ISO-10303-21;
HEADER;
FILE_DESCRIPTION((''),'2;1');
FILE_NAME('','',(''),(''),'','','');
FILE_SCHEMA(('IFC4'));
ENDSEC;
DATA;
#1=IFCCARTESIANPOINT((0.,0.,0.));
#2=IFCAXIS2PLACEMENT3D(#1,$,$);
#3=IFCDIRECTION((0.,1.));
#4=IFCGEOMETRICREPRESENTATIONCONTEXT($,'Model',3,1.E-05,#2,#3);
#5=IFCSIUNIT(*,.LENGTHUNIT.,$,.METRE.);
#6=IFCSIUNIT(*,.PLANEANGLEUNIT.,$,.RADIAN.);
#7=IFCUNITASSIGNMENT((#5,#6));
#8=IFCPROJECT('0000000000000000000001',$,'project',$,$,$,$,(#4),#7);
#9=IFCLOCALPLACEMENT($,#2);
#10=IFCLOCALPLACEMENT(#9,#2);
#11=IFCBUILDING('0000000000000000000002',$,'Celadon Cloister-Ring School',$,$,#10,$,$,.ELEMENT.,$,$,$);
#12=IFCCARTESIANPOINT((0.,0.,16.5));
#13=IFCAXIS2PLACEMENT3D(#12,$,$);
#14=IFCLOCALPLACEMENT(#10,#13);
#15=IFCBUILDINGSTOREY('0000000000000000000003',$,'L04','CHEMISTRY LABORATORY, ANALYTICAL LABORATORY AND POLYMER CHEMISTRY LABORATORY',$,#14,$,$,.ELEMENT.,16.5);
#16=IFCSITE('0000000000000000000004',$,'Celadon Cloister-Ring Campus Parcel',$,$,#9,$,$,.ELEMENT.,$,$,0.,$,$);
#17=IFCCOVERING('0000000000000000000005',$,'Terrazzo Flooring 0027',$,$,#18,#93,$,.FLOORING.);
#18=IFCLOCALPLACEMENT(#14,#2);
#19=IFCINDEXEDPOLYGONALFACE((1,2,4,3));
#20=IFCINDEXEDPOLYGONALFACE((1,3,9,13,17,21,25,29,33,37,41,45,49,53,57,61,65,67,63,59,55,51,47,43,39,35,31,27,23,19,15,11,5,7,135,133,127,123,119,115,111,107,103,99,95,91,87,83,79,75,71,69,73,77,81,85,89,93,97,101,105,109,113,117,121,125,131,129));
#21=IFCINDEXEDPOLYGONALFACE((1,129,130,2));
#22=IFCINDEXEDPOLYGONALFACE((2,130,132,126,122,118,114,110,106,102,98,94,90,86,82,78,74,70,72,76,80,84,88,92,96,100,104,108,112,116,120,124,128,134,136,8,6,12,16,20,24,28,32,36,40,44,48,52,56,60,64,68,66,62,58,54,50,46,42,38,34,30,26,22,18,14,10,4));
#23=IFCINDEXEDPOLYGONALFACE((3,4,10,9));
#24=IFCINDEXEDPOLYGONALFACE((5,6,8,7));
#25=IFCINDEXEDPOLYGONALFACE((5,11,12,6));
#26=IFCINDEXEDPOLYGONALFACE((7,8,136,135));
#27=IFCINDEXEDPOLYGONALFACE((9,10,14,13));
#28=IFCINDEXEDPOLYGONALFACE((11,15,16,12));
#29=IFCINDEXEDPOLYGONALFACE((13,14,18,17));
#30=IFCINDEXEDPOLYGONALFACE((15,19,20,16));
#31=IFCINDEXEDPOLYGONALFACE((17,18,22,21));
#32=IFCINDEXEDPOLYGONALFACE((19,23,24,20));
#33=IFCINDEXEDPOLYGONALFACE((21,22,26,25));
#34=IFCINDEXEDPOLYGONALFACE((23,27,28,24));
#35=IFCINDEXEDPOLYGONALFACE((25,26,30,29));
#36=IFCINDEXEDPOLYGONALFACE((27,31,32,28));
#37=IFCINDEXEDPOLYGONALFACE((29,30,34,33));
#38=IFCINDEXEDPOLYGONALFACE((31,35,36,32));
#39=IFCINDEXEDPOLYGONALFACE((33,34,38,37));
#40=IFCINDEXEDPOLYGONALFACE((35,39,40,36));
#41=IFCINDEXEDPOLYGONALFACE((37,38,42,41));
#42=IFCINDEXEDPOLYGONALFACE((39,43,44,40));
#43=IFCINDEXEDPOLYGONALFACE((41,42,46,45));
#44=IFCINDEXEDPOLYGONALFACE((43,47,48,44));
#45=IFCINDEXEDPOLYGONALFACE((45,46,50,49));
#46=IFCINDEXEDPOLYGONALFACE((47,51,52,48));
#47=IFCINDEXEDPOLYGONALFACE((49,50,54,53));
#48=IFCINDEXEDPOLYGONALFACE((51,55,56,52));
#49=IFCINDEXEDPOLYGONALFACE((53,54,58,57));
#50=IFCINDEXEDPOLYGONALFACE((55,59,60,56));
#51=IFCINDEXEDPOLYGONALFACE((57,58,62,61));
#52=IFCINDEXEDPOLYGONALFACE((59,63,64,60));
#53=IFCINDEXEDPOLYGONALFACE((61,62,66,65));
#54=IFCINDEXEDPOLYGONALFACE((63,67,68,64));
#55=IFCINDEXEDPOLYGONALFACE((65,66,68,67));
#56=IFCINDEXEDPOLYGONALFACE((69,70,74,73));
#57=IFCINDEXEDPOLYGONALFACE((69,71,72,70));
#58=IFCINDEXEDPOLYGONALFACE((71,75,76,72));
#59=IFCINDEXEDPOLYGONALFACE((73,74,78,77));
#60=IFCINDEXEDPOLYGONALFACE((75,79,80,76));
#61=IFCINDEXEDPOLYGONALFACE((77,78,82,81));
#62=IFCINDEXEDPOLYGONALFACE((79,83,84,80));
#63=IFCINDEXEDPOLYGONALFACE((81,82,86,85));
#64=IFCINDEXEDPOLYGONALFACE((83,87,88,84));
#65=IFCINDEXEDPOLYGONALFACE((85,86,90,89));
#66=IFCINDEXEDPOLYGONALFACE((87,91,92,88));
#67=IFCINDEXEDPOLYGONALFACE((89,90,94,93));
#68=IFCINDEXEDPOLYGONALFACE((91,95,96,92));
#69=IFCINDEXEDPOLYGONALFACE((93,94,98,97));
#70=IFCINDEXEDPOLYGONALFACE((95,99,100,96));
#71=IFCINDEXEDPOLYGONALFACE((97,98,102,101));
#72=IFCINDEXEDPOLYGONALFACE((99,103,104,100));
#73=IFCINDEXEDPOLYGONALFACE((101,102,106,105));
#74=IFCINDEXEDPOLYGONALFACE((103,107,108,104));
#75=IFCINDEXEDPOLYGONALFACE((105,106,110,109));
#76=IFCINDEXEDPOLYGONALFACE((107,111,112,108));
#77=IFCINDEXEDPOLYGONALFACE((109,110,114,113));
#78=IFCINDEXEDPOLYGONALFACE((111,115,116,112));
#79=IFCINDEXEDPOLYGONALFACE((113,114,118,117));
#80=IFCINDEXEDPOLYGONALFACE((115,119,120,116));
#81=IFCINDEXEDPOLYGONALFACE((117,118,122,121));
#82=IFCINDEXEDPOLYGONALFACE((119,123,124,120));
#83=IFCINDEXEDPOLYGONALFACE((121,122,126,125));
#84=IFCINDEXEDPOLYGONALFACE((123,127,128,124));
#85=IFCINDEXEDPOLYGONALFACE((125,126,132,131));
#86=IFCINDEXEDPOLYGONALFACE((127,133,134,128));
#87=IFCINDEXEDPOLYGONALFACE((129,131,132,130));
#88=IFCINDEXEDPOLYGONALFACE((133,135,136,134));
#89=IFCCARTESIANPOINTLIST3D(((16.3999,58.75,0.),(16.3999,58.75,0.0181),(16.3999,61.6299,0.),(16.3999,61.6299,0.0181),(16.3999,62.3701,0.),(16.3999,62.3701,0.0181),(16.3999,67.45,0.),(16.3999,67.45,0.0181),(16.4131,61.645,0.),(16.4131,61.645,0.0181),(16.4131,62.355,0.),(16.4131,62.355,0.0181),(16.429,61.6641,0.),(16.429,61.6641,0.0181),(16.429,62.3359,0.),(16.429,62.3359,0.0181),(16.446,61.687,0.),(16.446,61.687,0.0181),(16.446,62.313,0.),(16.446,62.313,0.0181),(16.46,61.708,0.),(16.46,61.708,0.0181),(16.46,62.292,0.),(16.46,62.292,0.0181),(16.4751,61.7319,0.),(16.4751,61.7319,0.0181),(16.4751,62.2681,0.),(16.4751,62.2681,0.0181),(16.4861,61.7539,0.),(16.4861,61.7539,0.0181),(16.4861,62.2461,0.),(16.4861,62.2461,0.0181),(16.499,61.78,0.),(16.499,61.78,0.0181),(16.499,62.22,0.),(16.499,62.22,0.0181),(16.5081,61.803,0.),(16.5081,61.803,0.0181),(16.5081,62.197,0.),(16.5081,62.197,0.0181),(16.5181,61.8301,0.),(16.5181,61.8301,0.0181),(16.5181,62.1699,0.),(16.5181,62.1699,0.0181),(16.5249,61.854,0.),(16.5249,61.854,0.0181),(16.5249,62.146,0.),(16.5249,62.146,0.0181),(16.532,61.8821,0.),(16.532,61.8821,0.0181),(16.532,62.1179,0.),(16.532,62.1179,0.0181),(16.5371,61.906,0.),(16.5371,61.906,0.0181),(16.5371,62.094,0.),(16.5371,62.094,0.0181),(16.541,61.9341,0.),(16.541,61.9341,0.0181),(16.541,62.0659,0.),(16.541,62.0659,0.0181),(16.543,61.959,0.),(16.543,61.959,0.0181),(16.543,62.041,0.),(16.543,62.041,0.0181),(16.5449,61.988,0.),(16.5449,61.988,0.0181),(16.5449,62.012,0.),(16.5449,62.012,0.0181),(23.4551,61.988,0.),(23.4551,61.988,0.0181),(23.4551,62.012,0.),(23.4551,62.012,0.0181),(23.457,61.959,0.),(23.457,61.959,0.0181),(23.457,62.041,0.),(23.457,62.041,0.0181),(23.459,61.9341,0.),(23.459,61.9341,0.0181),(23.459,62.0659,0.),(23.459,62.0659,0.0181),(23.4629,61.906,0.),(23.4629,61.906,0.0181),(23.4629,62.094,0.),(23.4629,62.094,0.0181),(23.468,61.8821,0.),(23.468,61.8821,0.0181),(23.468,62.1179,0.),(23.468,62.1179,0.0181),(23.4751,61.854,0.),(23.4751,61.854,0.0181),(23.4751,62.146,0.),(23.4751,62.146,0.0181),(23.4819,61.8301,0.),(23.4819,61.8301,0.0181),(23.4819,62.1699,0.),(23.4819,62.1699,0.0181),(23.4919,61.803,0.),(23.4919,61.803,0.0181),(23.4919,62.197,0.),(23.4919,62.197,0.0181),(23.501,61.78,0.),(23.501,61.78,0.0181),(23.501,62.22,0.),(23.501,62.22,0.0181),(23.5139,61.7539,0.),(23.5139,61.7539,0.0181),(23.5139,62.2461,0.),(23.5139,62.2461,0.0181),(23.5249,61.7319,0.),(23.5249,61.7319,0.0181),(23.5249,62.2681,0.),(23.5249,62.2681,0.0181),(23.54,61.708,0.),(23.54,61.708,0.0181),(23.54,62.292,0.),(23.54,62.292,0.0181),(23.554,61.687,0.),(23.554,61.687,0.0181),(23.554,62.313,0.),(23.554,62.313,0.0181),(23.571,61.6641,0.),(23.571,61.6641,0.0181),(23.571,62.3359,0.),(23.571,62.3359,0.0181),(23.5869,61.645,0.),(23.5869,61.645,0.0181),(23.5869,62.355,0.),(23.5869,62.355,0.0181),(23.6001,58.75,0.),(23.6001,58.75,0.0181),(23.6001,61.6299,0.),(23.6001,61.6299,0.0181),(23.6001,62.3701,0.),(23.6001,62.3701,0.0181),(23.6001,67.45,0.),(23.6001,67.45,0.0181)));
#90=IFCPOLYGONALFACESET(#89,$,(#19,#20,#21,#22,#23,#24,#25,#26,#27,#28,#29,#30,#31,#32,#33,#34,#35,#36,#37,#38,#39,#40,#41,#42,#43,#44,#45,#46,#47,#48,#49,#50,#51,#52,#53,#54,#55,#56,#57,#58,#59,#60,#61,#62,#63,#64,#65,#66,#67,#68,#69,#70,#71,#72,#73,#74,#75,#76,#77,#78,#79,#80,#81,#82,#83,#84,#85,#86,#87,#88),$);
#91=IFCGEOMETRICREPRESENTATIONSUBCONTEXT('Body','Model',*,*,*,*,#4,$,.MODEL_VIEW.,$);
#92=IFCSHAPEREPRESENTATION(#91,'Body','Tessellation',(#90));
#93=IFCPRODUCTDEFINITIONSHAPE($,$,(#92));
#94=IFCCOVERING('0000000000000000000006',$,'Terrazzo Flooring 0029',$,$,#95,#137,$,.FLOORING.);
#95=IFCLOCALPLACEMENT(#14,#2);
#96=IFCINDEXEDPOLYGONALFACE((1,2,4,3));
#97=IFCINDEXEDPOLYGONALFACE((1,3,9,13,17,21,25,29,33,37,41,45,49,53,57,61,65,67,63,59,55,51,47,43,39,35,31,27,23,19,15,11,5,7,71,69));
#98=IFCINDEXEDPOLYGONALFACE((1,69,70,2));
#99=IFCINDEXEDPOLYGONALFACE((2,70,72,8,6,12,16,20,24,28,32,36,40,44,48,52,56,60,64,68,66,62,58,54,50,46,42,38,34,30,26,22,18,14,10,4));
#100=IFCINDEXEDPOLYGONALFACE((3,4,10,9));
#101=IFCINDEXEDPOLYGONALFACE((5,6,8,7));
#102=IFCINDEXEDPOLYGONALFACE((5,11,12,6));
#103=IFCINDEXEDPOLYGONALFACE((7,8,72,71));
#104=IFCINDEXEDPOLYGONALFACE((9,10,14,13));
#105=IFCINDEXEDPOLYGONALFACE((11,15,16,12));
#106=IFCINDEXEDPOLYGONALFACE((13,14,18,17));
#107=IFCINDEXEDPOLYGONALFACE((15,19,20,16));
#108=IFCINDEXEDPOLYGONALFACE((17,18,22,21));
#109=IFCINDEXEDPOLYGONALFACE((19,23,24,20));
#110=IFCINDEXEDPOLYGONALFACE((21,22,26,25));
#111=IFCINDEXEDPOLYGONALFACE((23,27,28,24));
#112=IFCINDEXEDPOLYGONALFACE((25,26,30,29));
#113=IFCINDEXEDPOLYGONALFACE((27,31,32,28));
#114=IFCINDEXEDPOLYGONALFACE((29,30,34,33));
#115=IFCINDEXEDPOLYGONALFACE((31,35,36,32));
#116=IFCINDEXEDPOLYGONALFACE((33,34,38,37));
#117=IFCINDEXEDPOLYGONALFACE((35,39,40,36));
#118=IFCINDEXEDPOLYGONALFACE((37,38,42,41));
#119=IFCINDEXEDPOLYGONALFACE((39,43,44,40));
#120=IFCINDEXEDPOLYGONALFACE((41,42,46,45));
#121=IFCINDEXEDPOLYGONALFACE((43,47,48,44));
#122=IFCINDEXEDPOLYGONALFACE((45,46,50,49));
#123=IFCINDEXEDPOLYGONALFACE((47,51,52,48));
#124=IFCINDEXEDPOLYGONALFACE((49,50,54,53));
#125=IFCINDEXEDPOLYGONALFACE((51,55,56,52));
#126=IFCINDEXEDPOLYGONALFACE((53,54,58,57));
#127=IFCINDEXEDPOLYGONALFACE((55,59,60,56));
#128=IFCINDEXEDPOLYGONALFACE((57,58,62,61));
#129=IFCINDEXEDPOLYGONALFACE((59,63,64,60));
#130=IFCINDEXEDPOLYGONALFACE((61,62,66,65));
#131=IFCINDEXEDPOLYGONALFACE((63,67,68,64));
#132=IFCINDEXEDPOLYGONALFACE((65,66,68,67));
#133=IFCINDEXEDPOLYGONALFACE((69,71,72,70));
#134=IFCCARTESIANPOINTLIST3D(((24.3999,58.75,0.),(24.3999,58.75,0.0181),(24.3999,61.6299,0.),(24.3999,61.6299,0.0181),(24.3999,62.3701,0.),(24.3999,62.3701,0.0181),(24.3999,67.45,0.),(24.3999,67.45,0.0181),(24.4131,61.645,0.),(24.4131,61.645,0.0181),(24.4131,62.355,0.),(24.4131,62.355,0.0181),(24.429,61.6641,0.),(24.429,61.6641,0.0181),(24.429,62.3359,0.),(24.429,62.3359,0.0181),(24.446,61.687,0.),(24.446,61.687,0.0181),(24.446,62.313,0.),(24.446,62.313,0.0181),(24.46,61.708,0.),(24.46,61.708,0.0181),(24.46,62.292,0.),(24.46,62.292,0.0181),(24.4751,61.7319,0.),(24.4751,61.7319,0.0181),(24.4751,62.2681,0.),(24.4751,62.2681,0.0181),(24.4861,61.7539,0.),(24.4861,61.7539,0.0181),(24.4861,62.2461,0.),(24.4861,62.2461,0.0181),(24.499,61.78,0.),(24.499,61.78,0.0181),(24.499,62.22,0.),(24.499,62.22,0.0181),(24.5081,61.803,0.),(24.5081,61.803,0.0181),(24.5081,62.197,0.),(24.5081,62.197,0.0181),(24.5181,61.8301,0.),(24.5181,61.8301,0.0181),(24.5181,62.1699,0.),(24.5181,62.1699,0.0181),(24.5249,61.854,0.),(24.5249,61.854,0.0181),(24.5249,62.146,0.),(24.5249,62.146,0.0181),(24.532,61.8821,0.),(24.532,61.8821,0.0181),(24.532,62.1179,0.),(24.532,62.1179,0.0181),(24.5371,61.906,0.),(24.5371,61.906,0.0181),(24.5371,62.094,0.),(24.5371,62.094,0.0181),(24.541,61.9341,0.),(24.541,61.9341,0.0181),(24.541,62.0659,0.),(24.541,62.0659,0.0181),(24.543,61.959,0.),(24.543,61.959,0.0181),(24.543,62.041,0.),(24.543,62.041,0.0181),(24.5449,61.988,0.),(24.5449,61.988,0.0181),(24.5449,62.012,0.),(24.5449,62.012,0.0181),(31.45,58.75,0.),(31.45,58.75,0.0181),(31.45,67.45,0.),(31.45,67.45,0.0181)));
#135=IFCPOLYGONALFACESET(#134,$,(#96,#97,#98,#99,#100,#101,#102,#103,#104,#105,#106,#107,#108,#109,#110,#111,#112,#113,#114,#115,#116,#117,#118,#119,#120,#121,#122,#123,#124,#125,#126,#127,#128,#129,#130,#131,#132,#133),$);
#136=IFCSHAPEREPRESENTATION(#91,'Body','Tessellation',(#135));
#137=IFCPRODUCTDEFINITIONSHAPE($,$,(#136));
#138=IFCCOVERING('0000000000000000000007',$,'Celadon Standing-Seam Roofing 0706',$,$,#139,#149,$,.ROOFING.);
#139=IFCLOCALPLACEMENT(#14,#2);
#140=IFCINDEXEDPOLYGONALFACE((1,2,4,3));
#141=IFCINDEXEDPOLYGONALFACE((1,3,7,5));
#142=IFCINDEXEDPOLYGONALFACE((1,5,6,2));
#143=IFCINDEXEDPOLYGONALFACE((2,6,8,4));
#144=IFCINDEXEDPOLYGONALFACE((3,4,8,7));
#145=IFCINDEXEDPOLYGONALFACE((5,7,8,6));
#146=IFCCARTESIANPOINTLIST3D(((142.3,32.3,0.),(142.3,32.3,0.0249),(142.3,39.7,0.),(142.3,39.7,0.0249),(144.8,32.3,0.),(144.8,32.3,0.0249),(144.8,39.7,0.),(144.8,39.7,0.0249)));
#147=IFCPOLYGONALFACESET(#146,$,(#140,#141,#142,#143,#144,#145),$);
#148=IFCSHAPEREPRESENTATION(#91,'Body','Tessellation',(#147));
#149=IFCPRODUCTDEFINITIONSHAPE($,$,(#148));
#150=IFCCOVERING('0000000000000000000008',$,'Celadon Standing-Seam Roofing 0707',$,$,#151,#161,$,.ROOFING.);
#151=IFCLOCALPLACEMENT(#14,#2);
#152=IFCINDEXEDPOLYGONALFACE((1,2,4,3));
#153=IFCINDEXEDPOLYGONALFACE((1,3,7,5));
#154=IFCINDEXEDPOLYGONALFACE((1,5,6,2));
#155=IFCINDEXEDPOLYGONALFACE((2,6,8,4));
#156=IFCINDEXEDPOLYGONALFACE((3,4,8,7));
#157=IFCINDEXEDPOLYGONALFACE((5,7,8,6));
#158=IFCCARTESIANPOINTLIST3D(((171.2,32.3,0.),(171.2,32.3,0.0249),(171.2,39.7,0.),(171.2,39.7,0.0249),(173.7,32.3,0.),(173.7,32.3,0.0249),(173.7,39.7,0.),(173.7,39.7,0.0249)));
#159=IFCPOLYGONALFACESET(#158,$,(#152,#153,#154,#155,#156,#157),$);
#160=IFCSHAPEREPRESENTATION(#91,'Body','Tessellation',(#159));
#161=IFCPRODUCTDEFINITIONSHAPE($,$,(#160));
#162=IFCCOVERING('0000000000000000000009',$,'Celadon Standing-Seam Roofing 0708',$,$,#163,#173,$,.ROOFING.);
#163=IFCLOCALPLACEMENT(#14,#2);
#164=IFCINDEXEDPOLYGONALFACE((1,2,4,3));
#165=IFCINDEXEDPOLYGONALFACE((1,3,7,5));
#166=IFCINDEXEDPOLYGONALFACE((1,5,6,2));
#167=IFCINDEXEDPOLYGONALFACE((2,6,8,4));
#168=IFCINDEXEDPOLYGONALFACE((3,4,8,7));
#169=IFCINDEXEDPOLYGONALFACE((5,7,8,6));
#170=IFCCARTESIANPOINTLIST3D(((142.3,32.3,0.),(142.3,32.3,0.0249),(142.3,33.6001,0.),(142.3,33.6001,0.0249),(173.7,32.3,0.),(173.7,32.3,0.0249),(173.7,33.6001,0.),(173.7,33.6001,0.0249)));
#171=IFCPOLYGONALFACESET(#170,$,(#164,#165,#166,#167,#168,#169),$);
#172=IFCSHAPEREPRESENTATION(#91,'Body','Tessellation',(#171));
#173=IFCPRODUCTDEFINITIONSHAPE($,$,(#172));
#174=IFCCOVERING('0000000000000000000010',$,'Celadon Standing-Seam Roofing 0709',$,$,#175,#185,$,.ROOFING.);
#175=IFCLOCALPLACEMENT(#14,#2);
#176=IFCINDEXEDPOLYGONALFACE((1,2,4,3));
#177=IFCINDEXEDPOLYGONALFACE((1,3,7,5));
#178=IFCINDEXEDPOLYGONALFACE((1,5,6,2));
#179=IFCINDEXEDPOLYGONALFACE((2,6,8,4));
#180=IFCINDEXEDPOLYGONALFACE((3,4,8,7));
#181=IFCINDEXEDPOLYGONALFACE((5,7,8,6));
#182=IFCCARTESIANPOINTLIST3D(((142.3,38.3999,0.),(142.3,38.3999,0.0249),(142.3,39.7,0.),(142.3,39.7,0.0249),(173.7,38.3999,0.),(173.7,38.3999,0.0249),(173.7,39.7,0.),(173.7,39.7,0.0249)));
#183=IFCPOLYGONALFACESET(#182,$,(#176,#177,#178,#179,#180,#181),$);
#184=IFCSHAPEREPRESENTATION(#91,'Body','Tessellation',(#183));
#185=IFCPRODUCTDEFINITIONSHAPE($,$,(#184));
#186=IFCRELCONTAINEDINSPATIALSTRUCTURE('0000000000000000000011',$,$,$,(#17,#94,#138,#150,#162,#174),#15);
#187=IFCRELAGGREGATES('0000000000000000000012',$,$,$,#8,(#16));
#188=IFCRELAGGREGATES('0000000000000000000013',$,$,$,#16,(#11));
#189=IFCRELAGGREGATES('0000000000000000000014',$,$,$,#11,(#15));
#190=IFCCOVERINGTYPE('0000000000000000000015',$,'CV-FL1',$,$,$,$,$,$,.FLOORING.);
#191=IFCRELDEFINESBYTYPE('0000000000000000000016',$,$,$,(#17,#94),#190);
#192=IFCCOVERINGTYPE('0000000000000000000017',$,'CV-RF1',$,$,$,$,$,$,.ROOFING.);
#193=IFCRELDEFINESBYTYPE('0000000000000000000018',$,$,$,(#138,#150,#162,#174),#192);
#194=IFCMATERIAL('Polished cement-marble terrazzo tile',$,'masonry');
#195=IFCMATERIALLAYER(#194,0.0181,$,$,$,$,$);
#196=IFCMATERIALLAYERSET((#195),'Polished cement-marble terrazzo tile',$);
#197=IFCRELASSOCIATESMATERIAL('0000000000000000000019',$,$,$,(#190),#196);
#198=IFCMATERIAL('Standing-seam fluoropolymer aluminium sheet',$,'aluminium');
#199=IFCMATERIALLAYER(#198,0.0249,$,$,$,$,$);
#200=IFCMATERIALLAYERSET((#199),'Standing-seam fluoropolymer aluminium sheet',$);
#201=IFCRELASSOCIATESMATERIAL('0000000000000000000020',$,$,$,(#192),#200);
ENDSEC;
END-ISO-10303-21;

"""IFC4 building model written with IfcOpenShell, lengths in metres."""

from ifc_helpers import new_model, si_unit, direction, frame, origin, place, context, subcontext, project, spatial, polyline, outline, extrude, material, layer, layer_set, type_object, element, save


model = new_model("IFC4")

# Units and contexts
model_context = context("Model", 3, precision=1e-05, world=origin(), true_north=direction((0.0, 1.0)))
body_context = subcontext(model_context, "Body", "Model", "MODEL_VIEW")
ifc_project = project(units=[si_unit("LENGTHUNIT", "METRE"), si_unit("PLANEANGLEUNIT", "RADIAN")], contexts=[model_context])

# Site, building, storey
site_placement = place(None, origin())
site = spatial("IfcSite", under=ifc_project, at=site_placement, Name="Celadon Cloister-Ring Campus Parcel", CompositionType="ELEMENT", RefElevation=0.0)
building_placement = place(site_placement, origin())
building = spatial("IfcBuilding", under=site, at=building_placement, Name="Celadon Cloister-Ring School", CompositionType="ELEMENT")
storey_placement = place(building_placement, frame((0.0, 0.0, 16.5)))
storey = spatial("IfcBuildingStorey", under=building, at=storey_placement, Name="L04", Description="CHEMISTRY LABORATORY, ANALYTICAL LABORATORY AND POLYMER CHEMISTRY LABORATORY", CompositionType="ELEMENT", Elevation=16.5)

# Coverings
ifc_material_1 = material(Name="Polished cement-marble terrazzo tile", Category="masonry")
ifc_layer_1 = layer(ifc_material_1, 0.0181)
ifc_layer_set_1 = layer_set([ifc_layer_1], Name="Polished cement-marble terrazzo tile")
covering_type_1 = type_object("IfcCoveringType", Name="CV-FL1", PredefinedType="FLOORING", material=ifc_layer_set_1)
covering_1_placement = place(storey_placement, origin())
element("IfcCovering", 1, at=covering_1_placement, inside=storey, type_object=covering_type_1, Name="Terrazzo Flooring 0027", PredefinedType="FLOORING", context=body_context, shape_type="SweptSolid", body=[
    extrude(outline(polyline([(16.3999, 61.6299), (16.4131, 61.645), (16.429, 61.6641), (16.446, 61.687), (16.46, 61.708), (16.4751, 61.7319), (16.4861, 61.7539), (16.499, 61.78), (16.5081, 61.803), (16.5181, 61.8301), (16.5249, 61.854), (16.532, 61.8821), (16.5371, 61.906), (16.541, 61.9341), (16.543, 61.959), (16.5449, 61.988), (16.5449, 62.012), (16.543, 62.041), (16.541, 62.0659), (16.5371, 62.094), (16.532, 62.1179), (16.5249, 62.146), (16.5181, 62.1699), (16.5081, 62.197), (16.499, 62.22), (16.4861, 62.2461), (16.4751, 62.2681), (16.46, 62.292), (16.446, 62.313), (16.429, 62.3359), (16.4131, 62.355), (16.3999, 62.3701), (16.3999, 67.45), (23.6001, 67.45), (23.6001, 62.3701), (23.5869, 62.355), (23.571, 62.3359), (23.554, 62.313), (23.54, 62.292), (23.5249, 62.2681), (23.5139, 62.2461), (23.501, 62.22), (23.4919, 62.197), (23.4819, 62.1699), (23.4751, 62.146), (23.468, 62.1179), (23.4629, 62.094), (23.459, 62.0659), (23.457, 62.041), (23.4551, 62.012), (23.4551, 61.988), (23.457, 61.959), (23.459, 61.9341), (23.4629, 61.906), (23.468, 61.8821), (23.4751, 61.854), (23.4819, 61.8301), (23.4919, 61.803), (23.501, 61.78), (23.5139, 61.7539), (23.5249, 61.7319), (23.54, 61.708), (23.554, 61.687), (23.571, 61.6641), (23.5869, 61.645), (23.6001, 61.6299), (23.6001, 58.75), (16.3999, 58.75), (16.3999, 61.6299)])), origin(), (0.0, 0.0, 1.0), 0.0181),
])
covering_2_placement = place(storey_placement, origin())
element("IfcCovering", 2, at=covering_2_placement, inside=storey, type_object=covering_type_1, Name="Terrazzo Flooring 0029", PredefinedType="FLOORING", context=body_context, shape_type="SweptSolid", body=[
    extrude(outline(polyline([(24.3999, 61.6299), (24.4131, 61.645), (24.429, 61.6641), (24.446, 61.687), (24.46, 61.708), (24.4751, 61.7319), (24.4861, 61.7539), (24.499, 61.78), (24.5081, 61.803), (24.5181, 61.8301), (24.5249, 61.854), (24.532, 61.8821), (24.5371, 61.906), (24.541, 61.9341), (24.543, 61.959), (24.5449, 61.988), (24.5449, 62.012), (24.543, 62.041), (24.541, 62.0659), (24.5371, 62.094), (24.532, 62.1179), (24.5249, 62.146), (24.5181, 62.1699), (24.5081, 62.197), (24.499, 62.22), (24.4861, 62.2461), (24.4751, 62.2681), (24.46, 62.292), (24.446, 62.313), (24.429, 62.3359), (24.4131, 62.355), (24.3999, 62.3701), (24.3999, 67.45), (31.45, 67.45), (31.45, 58.75), (24.3999, 58.75), (24.3999, 61.6299)])), origin(), (0.0, 0.0, 1.0), 0.0181),
])
ifc_material_2 = material(Name="Standing-seam fluoropolymer aluminium sheet", Category="aluminium")
ifc_layer_2 = layer(ifc_material_2, 0.0249)
ifc_layer_set_2 = layer_set([ifc_layer_2], Name="Standing-seam fluoropolymer aluminium sheet")
covering_type_2 = type_object("IfcCoveringType", Name="CV-RF1", PredefinedType="ROOFING", material=ifc_layer_set_2)
covering_3_placement = place(storey_placement, origin())
element("IfcCovering", 3, at=covering_3_placement, inside=storey, type_object=covering_type_2, Name="Celadon Standing-Seam Roofing 0706", PredefinedType="ROOFING", context=body_context, shape_type="SweptSolid", body=[
    extrude(outline(polyline([(142.3, 32.3), (144.8, 32.3), (144.8, 39.7), (142.3, 39.7), (142.3, 32.3)])), origin(), (0.0, 0.0, 1.0), 0.0249),
])
covering_4_placement = place(storey_placement, origin())
element("IfcCovering", 4, at=covering_4_placement, inside=storey, type_object=covering_type_2, Name="Celadon Standing-Seam Roofing 0707", PredefinedType="ROOFING", context=body_context, shape_type="SweptSolid", body=[
    extrude(outline(polyline([(171.2, 32.3), (173.7, 32.3), (173.7, 39.7), (171.2, 39.7), (171.2, 32.3)])), origin(), (0.0, 0.0, 1.0), 0.0249),
])
covering_5_placement = place(storey_placement, origin())
element("IfcCovering", 5, at=covering_5_placement, inside=storey, type_object=covering_type_2, Name="Celadon Standing-Seam Roofing 0708", PredefinedType="ROOFING", context=body_context, shape_type="SweptSolid", body=[
    extrude(outline(polyline([(142.3, 32.3), (173.7, 32.3), (173.7, 33.6001), (142.3, 33.6001), (142.3, 32.3)])), origin(), (0.0, 0.0, 1.0), 0.0249),
])
covering_6_placement = place(storey_placement, origin())
element("IfcCovering", 6, at=covering_6_placement, inside=storey, type_object=covering_type_2, Name="Celadon Standing-Seam Roofing 0709", PredefinedType="ROOFING", context=body_context, shape_type="SweptSolid", body=[
    extrude(outline(polyline([(142.3, 38.3999), (173.7, 38.3999), (173.7, 39.7), (142.3, 39.7), (142.3, 38.3999)])), origin(), (0.0, 0.0, 1.0), 0.0249),
])

save(model, "model.ifc")
